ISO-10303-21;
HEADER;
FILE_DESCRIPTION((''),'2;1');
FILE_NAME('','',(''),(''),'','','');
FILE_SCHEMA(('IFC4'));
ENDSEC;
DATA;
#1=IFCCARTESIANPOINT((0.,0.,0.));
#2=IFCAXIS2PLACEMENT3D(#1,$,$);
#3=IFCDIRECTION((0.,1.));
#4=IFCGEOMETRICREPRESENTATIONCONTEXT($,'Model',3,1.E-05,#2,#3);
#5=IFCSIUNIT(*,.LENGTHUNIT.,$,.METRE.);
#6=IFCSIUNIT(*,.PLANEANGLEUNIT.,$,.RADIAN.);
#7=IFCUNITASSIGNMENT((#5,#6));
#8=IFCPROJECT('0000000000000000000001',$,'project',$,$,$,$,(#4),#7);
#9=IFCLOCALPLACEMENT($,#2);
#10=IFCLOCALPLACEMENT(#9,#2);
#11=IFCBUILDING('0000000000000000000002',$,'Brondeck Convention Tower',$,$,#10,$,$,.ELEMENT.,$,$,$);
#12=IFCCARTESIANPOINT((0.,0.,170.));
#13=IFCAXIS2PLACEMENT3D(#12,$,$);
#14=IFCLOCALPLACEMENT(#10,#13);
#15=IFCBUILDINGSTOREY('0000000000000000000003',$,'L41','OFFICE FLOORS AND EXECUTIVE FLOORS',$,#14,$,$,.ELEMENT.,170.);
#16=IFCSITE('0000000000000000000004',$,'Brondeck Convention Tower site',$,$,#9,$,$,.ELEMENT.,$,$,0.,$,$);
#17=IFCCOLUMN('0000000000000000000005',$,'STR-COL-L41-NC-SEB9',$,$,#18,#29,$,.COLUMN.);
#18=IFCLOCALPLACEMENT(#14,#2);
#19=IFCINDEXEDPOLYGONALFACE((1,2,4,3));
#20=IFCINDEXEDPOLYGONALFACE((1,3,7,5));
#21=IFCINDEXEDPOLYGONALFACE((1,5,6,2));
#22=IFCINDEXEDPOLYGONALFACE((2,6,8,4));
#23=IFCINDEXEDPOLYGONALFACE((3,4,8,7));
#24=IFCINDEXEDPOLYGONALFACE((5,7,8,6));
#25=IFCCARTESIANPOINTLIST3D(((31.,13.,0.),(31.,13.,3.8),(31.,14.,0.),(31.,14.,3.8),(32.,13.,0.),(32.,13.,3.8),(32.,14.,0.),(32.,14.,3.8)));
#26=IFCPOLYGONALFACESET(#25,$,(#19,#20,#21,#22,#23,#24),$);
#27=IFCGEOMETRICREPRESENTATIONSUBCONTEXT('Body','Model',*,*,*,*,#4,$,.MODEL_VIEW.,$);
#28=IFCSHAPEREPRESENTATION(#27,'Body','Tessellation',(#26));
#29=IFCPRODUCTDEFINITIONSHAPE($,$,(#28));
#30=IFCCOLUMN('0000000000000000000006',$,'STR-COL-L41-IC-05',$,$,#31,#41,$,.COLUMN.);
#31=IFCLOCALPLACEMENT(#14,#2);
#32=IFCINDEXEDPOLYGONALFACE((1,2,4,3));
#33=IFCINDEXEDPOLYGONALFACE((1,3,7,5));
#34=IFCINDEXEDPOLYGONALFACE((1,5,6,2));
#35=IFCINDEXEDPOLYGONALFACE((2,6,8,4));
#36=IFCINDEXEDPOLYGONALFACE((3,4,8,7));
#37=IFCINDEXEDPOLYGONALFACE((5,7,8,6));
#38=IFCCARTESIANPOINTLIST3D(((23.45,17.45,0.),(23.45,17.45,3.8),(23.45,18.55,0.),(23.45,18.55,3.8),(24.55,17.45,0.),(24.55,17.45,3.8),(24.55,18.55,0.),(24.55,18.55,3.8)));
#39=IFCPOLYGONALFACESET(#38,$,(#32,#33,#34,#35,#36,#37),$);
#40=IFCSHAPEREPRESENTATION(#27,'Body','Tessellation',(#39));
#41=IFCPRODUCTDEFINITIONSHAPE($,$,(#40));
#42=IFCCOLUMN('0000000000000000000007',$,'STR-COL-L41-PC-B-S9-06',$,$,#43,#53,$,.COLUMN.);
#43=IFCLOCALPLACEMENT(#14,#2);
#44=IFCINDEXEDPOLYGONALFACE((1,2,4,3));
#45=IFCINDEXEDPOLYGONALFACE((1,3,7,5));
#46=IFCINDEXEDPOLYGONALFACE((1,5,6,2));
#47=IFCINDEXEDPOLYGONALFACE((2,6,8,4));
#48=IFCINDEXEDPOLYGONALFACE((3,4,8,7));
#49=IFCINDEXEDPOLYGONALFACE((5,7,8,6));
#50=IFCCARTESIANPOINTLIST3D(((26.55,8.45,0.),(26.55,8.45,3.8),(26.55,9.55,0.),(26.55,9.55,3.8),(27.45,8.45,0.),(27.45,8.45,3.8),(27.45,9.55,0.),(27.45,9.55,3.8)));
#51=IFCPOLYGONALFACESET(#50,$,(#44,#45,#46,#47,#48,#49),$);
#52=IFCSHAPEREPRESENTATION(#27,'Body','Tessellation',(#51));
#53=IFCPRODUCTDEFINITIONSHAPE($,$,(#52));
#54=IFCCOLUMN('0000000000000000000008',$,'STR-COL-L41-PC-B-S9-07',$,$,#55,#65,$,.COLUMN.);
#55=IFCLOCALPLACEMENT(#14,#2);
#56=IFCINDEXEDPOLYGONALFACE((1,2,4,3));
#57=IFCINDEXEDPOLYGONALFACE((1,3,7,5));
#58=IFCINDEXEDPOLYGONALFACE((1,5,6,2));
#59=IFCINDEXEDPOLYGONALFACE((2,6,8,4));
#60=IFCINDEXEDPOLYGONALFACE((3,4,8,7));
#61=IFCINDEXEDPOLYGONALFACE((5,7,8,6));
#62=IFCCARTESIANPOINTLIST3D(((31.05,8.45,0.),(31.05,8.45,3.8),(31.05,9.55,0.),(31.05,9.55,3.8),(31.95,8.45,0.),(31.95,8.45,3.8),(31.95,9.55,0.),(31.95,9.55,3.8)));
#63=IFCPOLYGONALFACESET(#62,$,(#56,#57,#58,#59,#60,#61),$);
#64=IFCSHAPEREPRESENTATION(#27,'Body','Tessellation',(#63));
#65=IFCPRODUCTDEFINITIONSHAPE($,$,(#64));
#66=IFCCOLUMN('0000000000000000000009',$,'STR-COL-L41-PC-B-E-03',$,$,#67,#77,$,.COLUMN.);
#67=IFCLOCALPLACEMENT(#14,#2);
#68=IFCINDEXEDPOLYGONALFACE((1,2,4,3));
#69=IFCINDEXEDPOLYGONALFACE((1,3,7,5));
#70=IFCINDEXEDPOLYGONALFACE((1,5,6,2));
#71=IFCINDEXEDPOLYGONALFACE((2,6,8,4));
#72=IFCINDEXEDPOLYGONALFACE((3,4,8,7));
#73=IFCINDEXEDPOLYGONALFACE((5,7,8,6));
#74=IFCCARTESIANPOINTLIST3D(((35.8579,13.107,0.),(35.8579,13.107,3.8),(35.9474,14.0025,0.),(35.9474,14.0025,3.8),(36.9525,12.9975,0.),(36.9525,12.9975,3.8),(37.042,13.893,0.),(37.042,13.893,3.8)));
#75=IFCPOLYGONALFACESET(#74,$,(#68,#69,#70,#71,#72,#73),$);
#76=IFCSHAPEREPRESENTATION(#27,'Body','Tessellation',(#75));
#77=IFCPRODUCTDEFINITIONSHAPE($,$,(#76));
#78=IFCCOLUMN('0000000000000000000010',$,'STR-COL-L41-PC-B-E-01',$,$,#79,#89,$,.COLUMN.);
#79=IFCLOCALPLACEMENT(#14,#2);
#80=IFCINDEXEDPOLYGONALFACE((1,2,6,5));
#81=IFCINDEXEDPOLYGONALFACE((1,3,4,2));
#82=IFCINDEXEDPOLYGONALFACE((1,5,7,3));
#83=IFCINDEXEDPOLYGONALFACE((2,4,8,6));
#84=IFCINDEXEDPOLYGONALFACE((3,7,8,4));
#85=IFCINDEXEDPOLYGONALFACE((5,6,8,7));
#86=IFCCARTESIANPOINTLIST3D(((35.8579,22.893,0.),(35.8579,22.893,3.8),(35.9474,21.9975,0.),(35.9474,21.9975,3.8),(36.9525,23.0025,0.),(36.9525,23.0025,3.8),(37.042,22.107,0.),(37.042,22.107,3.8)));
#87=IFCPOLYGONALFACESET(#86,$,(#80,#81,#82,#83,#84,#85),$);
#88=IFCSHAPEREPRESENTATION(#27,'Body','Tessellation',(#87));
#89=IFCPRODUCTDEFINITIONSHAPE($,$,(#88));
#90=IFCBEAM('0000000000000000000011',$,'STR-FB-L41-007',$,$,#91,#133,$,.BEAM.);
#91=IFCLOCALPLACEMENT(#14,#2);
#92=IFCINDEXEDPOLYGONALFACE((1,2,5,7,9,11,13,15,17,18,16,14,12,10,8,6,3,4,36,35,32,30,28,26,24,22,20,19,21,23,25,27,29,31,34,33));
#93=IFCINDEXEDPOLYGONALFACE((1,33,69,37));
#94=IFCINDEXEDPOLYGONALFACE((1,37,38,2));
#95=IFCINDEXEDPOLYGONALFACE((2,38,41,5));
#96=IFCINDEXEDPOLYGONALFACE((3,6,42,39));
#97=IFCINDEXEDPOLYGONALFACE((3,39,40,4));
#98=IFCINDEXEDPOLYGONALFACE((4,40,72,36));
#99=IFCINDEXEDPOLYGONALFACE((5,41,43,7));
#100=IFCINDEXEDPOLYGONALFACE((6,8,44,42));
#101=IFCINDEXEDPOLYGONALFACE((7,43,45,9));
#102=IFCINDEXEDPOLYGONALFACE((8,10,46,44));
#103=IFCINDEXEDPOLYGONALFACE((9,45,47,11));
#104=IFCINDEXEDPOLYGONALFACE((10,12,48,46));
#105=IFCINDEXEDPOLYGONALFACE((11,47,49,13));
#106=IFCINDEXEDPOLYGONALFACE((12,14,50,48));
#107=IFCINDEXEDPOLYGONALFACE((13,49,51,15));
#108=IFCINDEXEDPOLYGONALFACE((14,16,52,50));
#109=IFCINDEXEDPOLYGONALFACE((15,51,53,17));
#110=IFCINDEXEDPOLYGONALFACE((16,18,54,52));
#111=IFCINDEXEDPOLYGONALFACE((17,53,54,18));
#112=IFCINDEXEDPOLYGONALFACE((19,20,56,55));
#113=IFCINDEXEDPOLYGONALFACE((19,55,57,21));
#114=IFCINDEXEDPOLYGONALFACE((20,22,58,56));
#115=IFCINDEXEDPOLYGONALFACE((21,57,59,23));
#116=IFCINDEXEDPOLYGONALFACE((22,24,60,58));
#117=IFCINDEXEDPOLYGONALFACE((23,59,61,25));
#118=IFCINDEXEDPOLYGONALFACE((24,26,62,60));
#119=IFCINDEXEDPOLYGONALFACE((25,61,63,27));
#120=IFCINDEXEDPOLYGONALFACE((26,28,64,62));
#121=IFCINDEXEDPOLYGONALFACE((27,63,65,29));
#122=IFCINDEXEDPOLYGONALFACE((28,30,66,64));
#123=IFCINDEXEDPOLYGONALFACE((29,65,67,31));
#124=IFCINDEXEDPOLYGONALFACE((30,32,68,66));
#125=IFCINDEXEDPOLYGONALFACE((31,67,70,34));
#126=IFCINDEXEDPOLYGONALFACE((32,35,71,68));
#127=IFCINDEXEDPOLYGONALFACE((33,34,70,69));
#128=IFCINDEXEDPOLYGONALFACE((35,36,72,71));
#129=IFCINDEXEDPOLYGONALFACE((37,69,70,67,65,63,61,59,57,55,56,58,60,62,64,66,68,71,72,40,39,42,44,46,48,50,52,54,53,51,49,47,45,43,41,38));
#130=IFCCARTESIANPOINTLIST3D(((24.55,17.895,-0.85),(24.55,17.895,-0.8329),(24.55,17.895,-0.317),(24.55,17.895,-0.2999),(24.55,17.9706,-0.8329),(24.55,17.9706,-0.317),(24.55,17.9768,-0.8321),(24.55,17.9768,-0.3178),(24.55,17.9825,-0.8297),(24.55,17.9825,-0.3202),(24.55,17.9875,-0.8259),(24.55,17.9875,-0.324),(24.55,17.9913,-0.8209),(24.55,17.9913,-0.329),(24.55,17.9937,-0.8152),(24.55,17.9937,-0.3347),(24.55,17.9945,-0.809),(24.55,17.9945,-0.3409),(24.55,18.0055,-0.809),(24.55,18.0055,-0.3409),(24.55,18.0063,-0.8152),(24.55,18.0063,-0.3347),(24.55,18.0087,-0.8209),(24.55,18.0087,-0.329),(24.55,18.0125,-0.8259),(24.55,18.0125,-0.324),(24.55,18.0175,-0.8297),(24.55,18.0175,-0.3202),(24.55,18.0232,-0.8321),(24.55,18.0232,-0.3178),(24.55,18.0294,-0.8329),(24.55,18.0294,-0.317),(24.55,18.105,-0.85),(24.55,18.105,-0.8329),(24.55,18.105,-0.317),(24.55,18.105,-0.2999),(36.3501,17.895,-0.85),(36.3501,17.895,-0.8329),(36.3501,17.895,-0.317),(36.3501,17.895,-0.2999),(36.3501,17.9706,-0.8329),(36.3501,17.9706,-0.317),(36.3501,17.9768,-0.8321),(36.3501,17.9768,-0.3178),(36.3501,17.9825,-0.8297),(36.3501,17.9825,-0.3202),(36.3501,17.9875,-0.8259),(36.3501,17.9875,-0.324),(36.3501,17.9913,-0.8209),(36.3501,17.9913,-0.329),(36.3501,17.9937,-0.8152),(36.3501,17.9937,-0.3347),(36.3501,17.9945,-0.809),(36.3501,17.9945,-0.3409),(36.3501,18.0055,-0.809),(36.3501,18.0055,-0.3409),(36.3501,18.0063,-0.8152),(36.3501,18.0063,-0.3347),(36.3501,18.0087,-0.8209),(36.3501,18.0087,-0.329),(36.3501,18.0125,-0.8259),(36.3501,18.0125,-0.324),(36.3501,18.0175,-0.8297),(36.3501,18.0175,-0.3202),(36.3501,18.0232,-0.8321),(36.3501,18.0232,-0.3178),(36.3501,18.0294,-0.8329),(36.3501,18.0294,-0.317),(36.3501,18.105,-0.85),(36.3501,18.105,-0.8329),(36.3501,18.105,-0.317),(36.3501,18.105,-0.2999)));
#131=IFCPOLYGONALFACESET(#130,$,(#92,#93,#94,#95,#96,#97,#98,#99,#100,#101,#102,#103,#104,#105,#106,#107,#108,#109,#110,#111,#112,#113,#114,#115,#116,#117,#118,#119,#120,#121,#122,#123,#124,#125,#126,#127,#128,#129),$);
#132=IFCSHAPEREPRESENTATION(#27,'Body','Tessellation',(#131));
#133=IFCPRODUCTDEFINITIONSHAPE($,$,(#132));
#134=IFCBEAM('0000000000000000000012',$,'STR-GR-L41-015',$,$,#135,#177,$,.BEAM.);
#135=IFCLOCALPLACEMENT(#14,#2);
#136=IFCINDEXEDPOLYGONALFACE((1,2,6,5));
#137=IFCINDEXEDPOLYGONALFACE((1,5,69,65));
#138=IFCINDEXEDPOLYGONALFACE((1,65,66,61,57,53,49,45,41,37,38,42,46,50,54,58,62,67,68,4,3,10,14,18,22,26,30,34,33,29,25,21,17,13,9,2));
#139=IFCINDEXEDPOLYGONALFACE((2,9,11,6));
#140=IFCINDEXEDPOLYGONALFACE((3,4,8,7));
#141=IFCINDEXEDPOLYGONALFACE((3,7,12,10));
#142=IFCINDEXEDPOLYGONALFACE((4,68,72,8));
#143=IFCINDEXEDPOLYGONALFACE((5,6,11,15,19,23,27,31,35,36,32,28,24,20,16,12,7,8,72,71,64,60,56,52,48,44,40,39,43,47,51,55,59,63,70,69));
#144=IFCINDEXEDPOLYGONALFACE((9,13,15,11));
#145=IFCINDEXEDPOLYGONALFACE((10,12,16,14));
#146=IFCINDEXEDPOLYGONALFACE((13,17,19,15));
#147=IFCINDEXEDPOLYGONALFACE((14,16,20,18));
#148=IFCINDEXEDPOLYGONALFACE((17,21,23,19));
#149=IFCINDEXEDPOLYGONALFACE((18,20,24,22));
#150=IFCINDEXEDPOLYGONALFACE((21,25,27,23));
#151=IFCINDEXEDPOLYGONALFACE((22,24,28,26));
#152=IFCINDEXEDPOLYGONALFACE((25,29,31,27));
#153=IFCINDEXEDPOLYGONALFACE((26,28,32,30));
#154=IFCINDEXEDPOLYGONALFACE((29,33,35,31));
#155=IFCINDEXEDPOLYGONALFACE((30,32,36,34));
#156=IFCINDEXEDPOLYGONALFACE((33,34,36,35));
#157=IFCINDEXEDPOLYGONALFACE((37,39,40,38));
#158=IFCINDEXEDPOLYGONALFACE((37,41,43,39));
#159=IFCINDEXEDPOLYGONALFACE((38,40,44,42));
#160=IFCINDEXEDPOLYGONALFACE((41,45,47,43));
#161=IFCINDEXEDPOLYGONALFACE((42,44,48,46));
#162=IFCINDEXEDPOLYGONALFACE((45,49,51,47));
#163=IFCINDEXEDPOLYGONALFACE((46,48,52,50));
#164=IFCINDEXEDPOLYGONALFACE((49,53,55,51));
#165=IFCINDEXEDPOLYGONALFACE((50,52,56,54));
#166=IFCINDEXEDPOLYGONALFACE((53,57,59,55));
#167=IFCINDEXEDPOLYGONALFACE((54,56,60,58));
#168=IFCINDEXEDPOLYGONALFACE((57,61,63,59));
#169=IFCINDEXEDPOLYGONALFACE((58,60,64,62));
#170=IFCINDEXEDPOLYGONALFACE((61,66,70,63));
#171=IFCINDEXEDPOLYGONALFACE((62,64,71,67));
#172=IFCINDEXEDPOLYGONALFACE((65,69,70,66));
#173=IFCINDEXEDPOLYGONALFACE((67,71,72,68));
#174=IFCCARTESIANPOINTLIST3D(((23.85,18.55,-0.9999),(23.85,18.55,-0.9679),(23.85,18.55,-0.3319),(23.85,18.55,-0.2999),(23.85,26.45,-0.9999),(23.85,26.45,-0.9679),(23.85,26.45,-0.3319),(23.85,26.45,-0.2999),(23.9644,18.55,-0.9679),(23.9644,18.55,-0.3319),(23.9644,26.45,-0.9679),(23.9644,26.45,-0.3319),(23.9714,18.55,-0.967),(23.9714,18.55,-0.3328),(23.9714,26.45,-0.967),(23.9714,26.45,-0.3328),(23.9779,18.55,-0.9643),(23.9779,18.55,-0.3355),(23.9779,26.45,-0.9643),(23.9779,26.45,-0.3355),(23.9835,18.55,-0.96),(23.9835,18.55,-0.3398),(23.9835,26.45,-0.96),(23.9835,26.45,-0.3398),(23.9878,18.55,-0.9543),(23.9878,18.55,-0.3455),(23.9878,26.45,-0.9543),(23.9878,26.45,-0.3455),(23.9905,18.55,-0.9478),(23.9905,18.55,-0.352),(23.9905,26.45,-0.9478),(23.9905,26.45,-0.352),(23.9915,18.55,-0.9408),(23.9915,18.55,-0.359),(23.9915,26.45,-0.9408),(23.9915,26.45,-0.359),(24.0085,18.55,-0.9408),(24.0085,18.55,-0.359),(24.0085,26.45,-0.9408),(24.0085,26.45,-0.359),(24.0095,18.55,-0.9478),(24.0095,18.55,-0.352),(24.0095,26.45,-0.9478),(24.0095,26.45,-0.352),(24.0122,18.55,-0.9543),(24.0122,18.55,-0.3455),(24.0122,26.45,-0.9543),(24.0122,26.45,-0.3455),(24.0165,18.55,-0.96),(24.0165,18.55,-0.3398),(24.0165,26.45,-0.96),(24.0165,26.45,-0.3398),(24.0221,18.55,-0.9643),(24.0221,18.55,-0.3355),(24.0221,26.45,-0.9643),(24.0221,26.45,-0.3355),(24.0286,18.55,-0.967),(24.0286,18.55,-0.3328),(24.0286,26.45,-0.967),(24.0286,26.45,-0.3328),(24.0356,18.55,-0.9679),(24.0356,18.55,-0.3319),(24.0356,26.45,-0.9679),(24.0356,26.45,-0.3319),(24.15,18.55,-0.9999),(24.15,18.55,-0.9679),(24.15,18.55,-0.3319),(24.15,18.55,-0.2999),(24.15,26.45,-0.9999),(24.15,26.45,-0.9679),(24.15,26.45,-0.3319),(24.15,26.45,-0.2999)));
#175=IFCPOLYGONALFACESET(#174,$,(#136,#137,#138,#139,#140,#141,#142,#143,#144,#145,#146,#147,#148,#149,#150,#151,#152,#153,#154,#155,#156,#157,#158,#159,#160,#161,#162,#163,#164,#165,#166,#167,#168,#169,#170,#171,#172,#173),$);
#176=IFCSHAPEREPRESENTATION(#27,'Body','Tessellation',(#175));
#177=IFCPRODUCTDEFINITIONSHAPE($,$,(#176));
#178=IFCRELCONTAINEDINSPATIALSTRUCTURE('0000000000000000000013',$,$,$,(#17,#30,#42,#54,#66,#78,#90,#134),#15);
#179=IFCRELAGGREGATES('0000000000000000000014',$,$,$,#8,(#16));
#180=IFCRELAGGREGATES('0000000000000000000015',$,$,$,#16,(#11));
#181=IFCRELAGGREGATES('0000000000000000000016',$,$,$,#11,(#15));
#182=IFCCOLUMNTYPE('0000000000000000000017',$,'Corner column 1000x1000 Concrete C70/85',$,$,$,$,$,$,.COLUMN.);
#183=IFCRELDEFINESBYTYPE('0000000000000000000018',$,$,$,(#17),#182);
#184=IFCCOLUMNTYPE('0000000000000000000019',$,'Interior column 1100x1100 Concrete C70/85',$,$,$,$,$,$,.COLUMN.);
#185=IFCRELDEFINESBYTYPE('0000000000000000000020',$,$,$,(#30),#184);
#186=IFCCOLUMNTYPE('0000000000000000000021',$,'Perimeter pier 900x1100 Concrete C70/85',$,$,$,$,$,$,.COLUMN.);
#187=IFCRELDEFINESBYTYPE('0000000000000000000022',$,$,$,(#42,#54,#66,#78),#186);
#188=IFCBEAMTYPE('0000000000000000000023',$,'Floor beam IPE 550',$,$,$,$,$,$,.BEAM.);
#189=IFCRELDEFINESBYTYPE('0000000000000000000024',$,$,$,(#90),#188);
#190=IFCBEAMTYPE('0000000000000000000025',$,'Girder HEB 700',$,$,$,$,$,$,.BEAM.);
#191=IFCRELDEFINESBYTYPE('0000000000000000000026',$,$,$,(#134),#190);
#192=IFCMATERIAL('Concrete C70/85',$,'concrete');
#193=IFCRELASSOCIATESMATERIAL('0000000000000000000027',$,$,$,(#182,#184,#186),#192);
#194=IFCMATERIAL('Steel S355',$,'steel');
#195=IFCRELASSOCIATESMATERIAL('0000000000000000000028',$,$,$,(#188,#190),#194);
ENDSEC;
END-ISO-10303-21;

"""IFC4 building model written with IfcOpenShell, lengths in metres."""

from ifc_helpers import new_model, si_unit, direction, frame, origin, origin_2d, place, context, subcontext, project, spatial, rectangle, i_section, extrude, material, material_profile, profile_set, type_object, element, save


model = new_model("IFC4")

# Units and contexts
model_context = context("Model", 3, precision=1e-05, world=origin(), true_north=direction((0.0, 1.0)))
body_context = subcontext(model_context, "Body", "Model", "MODEL_VIEW")
ifc_project = project(units=[si_unit("LENGTHUNIT", "METRE"), si_unit("PLANEANGLEUNIT", "RADIAN")], contexts=[model_context])

# Site, building, storey
site_placement = place(None, origin())
site = spatial("IfcSite", under=ifc_project, at=site_placement, Name="Brondeck Convention Tower site", CompositionType="ELEMENT", RefElevation=0.0)
building_placement = place(site_placement, origin())
building = spatial("IfcBuilding", under=site, at=building_placement, Name="Brondeck Convention Tower", CompositionType="ELEMENT")
storey_placement = place(building_placement, frame((0.0, 0.0, 170.0)))
storey = spatial("IfcBuildingStorey", under=building, at=storey_placement, Name="L41", Description="OFFICE FLOORS AND EXECUTIVE FLOORS", CompositionType="ELEMENT", Elevation=170.0)

# Columns
ifc_material_1 = material(Name="Concrete C70/85", Category="concrete")
ifc_material_profile_1 = material_profile(ifc_material_1, rectangle(XDim=1.0, YDim=1.0, at=origin_2d()), Name="Corner column 1000x1000 Concrete C70/85")
ifc_profile_set_1 = profile_set([ifc_material_profile_1], Name="Concrete C70/85")
column_type_1 = type_object("IfcColumnType", Name="Corner column 1000x1000 Concrete C70/85", PredefinedType="COLUMN", material=ifc_profile_set_1)
column_1_placement = place(storey_placement, frame((31.5, 13.5, 0.0), z_axis=(0.0, 0.0, 1.0), x_axis=(1.0, 0.0, 0.0)))
element("IfcColumn", 1, at=column_1_placement, inside=storey, type_object=column_type_1, Name="STR-COL-L41-NC-SEB9", PredefinedType="COLUMN", context=body_context, shape_type="SweptSolid", body=[
    extrude(rectangle(XDim=1.0, YDim=1.0, at=origin_2d()), origin(), (0.0, 0.0, 1.0), 3.8),
])
ifc_material_profile_2 = material_profile(ifc_material_1, rectangle(XDim=1.1001, YDim=1.1001, at=origin_2d()), Name="Interior column 1100x1100 Concrete C70/85")
ifc_profile_set_2 = profile_set([ifc_material_profile_2], Name="Concrete C70/85")
column_type_2 = type_object("IfcColumnType", Name="Interior column 1100x1100 Concrete C70/85", PredefinedType="COLUMN", material=ifc_profile_set_2)
column_2_placement = place(storey_placement, frame((24.0, 18.0, 0.0), z_axis=(0.0, 0.0, 1.0), x_axis=(1.0, 0.0, 0.0)))
element("IfcColumn", 2, at=column_2_placement, inside=storey, type_object=column_type_2, Name="STR-COL-L41-IC-05", PredefinedType="COLUMN", context=body_context, shape_type="SweptSolid", body=[
    extrude(rectangle(XDim=1.1001, YDim=1.1001, at=origin_2d()), origin(), (0.0, 0.0, 1.0), 3.8),
])
ifc_material_profile_3 = material_profile(ifc_material_1, rectangle(XDim=0.8999, YDim=1.1001, at=origin_2d()), Name="Perimeter pier 900x1100 Concrete C70/85")
ifc_profile_set_3 = profile_set([ifc_material_profile_3], Name="Concrete C70/85")
column_type_3 = type_object("IfcColumnType", Name="Perimeter pier 900x1100 Concrete C70/85", PredefinedType="COLUMN", material=ifc_profile_set_3)
for number, where, z_axis, x_axis, name in (
    (3, (27.0, 9.0, 0.0), (0.0, 0.0, 1.0), (1.0, 0.0, 0.0), "STR-COL-L41-PC-B-S9-06"),
    (4, (31.5, 9.0, 0.0), (0.0, 0.0, 1.0), (1.0, 0.0, 0.0), "STR-COL-L41-PC-B-S9-07"),
    (5, (36.45, 13.5, 0.0), (0.0, 0.0, 1.0), (0.099504, 0.995037, 0.0), "STR-COL-L41-PC-B-E-03"),
    (6, (36.45, 22.5, 0.0), (0.0, 0.0, 1.0), (-0.099504, 0.995037, 0.0), "STR-COL-L41-PC-B-E-01"),
):
    element("IfcColumn", number, at=place(storey_placement, frame(where, z_axis=z_axis, x_axis=x_axis)), inside=storey, type_object=column_type_3, Name=name, PredefinedType="COLUMN", context=body_context, shape_type="SweptSolid", body=[
        extrude(rectangle(XDim=0.8999, YDim=1.1001, at=origin_2d()), origin(), (0.0, 0.0, 1.0), 3.8),
    ])

# Beams
ifc_material_2 = material(Name="Steel S355", Category="steel")
ifc_material_profile_4 = material_profile(ifc_material_2, i_section(OverallWidth=0.21, OverallDepth=0.55, WebThickness=0.011, FlangeThickness=0.0171, FilletRadius=0.0239, at=origin_2d()), Name="IPE 550")
ifc_profile_set_4 = profile_set([ifc_material_profile_4], Name="Steel S355")
beam_type_1 = type_object("IfcBeamType", Name="Floor beam IPE 550", PredefinedType="BEAM", material=ifc_profile_set_4)
beam_1_placement = place(storey_placement, frame((24.55, 18.0, -0.575), z_axis=(1.0, 0.0, 0.0), x_axis=(0.0, 1.0, 0.0)))
element("IfcBeam", 7, at=beam_1_placement, inside=storey, type_object=beam_type_1, Name="STR-FB-L41-007", PredefinedType="BEAM", context=body_context, shape_type="SweptSolid", body=[
    extrude(i_section(OverallWidth=0.21, OverallDepth=0.55, WebThickness=0.011, FlangeThickness=0.0171, FilletRadius=0.0239, at=origin_2d()), origin(), (0.0, 0.0, 1.0), 11.8),
])
ifc_material_profile_5 = material_profile(ifc_material_2, i_section(OverallWidth=0.3, OverallDepth=0.7, WebThickness=0.0171, FlangeThickness=0.032, FilletRadius=0.0271, at=origin_2d()), Name="HEB 700")
ifc_profile_set_5 = profile_set([ifc_material_profile_5], Name="Steel S355")
beam_type_2 = type_object("IfcBeamType", Name="Girder HEB 700", PredefinedType="BEAM", material=ifc_profile_set_5)
beam_2_placement = place(storey_placement, frame((24.0, 26.45, -0.6499), z_axis=(0.0, -1.0, 0.0), x_axis=(1.0, 0.0, 0.0)))
element("IfcBeam", 8, at=beam_2_placement, inside=storey, type_object=beam_type_2, Name="STR-GR-L41-015", PredefinedType="BEAM", context=body_context, shape_type="SweptSolid", body=[
    extrude(i_section(OverallWidth=0.3, OverallDepth=0.7, WebThickness=0.0171, FlangeThickness=0.032, FilletRadius=0.0271, at=origin_2d()), origin(), (0.0, 0.0, 1.0), 7.8999),
])

save(model, "model.ifc")
